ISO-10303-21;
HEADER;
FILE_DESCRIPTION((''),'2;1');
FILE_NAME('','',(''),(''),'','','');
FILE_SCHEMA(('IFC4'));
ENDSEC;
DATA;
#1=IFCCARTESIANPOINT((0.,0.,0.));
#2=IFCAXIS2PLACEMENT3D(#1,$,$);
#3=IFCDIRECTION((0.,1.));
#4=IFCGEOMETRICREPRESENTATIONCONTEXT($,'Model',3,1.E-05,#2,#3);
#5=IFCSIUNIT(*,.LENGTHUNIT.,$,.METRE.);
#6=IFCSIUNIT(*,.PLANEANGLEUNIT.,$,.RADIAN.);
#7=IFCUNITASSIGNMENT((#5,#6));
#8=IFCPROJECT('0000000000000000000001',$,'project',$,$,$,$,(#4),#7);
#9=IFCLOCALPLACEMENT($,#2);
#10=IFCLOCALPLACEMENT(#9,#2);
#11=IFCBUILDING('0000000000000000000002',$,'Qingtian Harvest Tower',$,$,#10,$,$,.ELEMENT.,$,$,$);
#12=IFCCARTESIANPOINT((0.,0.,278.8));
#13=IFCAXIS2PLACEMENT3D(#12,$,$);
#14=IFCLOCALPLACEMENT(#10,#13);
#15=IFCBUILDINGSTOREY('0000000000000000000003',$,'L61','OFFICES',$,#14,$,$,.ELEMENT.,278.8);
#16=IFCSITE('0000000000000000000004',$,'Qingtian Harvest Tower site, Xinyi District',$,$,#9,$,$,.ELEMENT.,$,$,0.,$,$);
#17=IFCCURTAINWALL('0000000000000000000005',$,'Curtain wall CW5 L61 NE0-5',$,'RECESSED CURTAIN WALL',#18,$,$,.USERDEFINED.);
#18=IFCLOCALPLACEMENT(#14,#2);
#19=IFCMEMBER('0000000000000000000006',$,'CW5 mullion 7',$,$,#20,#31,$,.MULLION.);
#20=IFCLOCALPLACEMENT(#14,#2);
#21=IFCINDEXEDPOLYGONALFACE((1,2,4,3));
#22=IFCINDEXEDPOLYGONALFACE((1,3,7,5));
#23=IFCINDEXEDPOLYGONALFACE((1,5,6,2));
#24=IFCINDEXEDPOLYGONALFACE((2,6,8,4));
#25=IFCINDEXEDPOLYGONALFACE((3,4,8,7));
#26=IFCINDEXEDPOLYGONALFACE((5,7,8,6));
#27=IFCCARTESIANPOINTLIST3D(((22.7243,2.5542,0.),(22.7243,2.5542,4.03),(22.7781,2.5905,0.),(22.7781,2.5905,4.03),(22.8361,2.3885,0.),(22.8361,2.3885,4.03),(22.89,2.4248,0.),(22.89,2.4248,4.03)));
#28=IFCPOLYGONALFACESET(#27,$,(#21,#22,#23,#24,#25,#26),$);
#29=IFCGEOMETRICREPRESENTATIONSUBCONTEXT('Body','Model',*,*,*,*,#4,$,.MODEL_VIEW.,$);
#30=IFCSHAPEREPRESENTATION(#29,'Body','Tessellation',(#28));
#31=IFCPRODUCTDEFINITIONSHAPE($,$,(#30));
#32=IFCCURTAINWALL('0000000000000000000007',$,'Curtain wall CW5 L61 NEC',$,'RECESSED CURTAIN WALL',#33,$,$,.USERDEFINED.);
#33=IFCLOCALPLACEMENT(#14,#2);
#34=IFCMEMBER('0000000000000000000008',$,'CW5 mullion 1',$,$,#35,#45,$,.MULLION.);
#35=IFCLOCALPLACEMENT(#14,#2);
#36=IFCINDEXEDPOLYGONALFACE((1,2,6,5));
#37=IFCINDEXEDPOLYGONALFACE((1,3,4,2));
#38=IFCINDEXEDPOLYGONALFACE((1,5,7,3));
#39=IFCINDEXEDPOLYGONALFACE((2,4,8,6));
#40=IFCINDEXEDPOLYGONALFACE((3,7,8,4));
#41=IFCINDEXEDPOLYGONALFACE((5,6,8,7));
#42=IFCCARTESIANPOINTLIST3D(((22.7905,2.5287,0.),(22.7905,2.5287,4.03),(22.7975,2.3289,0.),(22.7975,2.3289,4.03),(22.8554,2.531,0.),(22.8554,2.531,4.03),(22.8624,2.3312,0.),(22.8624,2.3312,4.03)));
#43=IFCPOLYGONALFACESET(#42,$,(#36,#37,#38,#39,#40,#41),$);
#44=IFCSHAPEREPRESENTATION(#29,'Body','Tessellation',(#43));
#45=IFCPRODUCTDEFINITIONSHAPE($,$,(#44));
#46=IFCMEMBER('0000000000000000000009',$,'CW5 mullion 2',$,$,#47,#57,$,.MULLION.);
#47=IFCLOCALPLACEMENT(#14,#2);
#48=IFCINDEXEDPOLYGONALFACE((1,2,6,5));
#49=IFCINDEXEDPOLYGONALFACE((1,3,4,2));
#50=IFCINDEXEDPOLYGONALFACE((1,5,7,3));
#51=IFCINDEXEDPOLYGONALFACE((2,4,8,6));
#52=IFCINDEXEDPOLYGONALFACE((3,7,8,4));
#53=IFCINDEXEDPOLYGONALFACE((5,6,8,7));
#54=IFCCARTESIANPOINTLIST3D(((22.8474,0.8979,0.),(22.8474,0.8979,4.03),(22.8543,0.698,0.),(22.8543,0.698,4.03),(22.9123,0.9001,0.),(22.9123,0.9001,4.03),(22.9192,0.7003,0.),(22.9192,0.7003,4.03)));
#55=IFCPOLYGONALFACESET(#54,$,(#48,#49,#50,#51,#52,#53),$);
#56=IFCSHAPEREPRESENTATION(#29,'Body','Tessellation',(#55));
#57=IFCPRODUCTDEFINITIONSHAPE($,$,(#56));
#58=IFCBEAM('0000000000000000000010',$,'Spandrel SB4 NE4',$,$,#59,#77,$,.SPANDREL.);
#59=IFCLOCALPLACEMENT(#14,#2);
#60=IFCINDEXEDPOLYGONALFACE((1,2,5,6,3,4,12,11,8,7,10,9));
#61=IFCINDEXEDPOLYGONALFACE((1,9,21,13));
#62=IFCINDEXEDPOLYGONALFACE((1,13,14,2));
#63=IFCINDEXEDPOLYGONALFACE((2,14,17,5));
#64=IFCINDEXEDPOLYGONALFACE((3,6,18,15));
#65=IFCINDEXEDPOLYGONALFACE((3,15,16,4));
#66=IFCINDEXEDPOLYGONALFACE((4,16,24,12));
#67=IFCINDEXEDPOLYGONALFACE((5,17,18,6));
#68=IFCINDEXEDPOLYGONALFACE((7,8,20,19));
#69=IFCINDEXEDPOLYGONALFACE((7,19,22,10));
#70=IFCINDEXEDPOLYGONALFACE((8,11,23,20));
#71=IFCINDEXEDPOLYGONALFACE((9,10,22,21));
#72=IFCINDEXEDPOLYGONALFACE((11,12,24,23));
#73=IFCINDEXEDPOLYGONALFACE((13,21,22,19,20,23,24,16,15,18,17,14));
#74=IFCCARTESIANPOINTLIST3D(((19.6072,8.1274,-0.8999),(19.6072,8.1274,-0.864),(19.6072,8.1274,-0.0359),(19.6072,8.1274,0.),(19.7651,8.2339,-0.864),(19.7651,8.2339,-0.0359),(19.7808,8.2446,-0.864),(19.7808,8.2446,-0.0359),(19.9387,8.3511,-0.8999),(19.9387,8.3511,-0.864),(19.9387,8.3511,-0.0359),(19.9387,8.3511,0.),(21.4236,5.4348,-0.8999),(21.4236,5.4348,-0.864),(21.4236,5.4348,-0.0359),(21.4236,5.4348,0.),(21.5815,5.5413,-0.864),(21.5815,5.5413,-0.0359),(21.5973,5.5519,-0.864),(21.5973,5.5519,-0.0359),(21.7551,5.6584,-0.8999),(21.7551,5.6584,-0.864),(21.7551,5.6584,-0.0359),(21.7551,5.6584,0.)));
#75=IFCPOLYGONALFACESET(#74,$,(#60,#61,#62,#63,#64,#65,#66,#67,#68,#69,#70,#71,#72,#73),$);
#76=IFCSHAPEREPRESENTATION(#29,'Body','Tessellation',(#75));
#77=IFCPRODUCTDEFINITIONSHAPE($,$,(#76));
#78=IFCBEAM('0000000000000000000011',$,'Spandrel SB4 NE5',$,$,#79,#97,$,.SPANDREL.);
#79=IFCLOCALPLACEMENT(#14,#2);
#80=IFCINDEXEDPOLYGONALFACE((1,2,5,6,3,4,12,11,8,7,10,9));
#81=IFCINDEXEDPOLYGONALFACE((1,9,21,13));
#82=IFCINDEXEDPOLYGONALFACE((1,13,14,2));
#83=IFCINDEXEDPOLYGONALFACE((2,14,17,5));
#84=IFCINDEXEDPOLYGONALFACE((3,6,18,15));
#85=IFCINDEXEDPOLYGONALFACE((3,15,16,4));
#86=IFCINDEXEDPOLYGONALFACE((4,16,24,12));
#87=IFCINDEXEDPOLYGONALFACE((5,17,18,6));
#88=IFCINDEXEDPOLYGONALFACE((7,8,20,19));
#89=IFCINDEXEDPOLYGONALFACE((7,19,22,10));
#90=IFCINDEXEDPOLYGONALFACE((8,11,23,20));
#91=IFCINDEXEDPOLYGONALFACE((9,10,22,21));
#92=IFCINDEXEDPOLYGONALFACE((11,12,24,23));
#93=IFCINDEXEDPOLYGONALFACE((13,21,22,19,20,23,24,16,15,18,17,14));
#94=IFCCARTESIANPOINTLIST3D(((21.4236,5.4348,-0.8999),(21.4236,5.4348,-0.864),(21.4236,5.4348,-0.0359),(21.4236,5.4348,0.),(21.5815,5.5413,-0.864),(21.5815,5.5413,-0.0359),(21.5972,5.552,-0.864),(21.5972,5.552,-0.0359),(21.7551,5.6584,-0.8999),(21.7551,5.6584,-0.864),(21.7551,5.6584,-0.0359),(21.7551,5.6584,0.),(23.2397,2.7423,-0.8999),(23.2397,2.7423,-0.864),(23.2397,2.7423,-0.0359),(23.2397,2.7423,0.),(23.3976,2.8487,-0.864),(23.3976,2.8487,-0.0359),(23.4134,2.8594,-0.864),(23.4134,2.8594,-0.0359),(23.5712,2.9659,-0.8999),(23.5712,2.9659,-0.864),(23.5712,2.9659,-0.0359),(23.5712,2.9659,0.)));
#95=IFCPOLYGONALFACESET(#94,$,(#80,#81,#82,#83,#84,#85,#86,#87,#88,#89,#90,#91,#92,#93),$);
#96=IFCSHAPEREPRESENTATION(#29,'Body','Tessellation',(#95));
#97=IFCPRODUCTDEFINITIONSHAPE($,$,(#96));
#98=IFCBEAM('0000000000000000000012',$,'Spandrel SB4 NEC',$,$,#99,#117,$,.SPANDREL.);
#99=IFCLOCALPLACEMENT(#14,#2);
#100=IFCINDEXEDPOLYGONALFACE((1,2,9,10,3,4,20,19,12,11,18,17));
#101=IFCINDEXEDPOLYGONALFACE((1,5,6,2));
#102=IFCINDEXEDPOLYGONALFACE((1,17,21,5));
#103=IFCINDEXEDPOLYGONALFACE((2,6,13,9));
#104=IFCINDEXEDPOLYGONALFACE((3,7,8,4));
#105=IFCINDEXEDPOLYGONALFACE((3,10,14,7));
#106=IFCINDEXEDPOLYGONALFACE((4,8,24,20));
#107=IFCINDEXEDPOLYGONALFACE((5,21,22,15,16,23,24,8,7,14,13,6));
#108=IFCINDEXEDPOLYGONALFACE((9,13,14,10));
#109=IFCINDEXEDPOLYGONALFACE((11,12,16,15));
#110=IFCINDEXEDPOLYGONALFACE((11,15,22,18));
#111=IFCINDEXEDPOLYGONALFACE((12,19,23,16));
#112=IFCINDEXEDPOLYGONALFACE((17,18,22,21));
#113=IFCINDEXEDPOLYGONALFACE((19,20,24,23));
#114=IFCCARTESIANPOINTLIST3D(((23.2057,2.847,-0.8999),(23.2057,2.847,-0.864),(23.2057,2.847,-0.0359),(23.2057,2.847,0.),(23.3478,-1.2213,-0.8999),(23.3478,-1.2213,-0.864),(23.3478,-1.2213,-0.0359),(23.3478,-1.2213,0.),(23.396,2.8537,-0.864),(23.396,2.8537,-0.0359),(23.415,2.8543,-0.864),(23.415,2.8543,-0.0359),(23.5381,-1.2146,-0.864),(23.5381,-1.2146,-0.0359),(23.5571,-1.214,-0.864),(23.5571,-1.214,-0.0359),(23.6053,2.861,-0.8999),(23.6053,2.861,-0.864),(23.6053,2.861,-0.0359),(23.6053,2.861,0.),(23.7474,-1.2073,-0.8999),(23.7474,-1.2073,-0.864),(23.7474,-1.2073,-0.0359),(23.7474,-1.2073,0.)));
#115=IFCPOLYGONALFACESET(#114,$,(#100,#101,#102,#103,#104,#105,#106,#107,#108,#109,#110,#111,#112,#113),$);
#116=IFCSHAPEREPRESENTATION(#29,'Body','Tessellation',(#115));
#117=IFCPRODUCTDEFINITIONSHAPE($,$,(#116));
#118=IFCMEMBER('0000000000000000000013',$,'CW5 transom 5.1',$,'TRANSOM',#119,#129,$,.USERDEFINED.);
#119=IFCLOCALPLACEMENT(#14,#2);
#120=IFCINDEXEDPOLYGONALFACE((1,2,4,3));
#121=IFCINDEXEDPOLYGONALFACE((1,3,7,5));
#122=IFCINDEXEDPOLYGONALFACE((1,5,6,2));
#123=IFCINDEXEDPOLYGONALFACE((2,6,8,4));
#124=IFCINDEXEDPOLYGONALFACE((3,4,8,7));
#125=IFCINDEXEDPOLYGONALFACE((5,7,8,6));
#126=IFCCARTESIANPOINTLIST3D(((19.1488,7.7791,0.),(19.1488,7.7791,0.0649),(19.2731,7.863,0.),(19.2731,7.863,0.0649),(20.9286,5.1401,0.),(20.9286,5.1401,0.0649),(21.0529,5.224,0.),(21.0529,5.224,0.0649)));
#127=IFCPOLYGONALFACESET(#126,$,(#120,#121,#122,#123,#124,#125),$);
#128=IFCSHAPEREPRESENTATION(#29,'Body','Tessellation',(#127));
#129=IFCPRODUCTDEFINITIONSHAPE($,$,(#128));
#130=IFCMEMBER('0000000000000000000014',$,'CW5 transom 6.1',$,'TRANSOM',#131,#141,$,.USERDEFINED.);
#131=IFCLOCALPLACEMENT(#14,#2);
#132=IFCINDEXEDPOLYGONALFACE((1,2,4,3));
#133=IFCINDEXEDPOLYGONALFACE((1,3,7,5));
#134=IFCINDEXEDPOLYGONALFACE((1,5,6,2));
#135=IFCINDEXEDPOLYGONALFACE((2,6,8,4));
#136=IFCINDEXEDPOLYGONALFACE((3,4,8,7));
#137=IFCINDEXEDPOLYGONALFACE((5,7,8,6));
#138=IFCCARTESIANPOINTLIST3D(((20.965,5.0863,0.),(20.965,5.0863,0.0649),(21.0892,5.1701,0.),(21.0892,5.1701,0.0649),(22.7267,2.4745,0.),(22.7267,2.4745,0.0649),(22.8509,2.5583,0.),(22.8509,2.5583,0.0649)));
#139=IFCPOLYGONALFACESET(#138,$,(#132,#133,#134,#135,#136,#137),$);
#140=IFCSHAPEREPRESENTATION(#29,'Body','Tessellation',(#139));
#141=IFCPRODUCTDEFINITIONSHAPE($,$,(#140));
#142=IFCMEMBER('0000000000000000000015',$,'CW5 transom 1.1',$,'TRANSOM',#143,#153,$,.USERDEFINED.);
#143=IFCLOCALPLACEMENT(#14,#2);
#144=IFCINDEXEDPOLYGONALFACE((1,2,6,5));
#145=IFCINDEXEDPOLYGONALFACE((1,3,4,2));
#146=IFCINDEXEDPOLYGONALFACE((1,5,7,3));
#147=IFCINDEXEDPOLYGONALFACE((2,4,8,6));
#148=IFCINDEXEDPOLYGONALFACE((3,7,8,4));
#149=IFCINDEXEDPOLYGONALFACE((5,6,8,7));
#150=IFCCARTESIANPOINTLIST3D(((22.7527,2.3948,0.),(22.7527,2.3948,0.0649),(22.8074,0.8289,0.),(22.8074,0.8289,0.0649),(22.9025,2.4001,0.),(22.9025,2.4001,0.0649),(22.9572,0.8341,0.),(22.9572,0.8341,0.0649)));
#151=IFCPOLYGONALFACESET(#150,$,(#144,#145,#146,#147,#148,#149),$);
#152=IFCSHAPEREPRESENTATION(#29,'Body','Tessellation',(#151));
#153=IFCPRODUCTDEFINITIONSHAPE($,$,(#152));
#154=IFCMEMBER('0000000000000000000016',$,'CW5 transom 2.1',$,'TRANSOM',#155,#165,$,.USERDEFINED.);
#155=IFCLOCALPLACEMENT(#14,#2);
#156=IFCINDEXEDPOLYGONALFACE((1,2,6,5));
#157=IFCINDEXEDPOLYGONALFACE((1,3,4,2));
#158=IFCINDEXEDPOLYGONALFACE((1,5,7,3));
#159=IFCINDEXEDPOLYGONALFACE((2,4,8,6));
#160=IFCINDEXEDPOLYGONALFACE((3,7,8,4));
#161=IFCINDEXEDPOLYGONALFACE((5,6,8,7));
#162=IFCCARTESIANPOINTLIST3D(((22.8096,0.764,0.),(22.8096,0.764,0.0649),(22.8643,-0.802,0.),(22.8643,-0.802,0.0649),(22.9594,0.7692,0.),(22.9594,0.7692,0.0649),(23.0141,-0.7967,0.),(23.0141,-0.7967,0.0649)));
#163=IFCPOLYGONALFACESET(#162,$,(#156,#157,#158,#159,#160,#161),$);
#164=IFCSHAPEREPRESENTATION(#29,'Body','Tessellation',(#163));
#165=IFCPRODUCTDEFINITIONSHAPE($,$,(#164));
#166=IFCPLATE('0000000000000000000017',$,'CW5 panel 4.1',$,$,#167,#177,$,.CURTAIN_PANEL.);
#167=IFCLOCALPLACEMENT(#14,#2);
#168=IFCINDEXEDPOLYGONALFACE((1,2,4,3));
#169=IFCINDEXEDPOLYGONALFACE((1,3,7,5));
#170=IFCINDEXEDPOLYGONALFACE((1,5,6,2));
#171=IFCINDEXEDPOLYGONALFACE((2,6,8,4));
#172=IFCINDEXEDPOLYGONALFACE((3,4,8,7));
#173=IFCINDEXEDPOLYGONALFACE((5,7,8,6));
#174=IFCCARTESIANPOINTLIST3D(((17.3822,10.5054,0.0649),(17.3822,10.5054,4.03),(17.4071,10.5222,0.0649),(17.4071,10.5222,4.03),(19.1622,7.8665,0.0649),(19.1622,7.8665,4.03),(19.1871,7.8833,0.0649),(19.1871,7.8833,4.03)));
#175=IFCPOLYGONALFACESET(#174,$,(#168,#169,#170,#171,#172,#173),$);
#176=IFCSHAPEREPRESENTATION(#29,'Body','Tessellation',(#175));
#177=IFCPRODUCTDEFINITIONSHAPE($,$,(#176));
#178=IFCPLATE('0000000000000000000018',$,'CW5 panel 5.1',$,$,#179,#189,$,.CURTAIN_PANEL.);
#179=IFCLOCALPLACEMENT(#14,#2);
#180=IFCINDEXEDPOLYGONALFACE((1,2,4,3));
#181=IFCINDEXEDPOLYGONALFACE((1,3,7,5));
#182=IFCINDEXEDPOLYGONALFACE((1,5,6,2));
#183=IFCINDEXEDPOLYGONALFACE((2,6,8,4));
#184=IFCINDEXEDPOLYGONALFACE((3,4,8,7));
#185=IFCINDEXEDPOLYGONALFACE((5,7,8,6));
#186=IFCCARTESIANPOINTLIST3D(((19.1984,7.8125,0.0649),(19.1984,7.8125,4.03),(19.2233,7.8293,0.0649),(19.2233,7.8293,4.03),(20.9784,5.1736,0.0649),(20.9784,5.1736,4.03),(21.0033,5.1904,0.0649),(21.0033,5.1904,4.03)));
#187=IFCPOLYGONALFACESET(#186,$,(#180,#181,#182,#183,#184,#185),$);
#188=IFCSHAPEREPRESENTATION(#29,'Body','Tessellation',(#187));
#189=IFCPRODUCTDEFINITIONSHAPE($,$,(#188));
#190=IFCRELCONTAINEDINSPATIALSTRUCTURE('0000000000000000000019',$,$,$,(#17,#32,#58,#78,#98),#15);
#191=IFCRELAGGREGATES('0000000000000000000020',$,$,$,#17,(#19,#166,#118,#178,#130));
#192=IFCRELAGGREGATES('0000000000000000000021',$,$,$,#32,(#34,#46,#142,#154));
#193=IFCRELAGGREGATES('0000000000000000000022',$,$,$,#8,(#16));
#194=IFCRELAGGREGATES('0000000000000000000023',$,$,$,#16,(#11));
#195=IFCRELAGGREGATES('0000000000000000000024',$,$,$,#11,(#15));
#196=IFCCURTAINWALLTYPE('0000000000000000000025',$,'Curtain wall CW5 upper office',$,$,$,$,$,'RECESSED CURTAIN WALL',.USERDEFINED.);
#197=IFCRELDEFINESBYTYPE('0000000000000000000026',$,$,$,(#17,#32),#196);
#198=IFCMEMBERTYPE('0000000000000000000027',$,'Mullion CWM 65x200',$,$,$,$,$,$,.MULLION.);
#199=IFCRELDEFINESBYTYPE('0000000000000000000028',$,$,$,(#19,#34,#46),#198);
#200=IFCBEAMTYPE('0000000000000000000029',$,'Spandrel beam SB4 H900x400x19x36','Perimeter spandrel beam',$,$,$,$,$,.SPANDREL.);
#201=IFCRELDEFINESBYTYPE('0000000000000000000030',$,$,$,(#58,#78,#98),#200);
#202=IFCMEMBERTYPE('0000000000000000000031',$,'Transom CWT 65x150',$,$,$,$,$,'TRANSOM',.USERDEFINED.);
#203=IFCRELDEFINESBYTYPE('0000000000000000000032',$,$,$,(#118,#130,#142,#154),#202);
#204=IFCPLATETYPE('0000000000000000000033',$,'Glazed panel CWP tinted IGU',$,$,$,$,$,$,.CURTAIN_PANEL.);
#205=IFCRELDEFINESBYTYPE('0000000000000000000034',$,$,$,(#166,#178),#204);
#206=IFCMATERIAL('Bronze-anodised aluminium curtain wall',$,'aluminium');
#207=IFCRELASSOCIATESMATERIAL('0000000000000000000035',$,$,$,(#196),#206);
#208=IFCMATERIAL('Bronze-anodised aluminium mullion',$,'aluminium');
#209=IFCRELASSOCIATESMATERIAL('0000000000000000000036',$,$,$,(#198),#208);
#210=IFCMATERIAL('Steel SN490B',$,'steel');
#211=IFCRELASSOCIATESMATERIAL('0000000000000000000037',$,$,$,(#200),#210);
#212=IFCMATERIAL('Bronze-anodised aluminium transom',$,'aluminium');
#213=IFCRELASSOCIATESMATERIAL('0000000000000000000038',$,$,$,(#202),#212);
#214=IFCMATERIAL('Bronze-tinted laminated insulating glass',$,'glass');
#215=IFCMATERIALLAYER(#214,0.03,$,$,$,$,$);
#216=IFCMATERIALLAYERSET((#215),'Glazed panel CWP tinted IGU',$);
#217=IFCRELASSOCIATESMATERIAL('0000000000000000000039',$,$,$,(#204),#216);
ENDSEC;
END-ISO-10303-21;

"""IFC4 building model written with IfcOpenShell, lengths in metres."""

from ifc_helpers import new_model, si_unit, direction, frame, origin, origin_2d, place, context, subcontext, project, spatial, rectangle, i_section, extrude, material, layer, layer_set, material_profile, profile_set, type_object, element, aggregate, save


model = new_model("IFC4")

# Units and contexts
model_context = context("Model", 3, precision=1e-05, world=origin(), true_north=direction((0.0, 1.0)))
body_context = subcontext(model_context, "Body", "Model", "MODEL_VIEW")
ifc_project = project(units=[si_unit("LENGTHUNIT", "METRE"), si_unit("PLANEANGLEUNIT", "RADIAN")], contexts=[model_context])

# Site, building, storey
site_placement = place(None, origin())
site = spatial("IfcSite", under=ifc_project, at=site_placement, Name="Qingtian Harvest Tower site, Xinyi District", CompositionType="ELEMENT", RefElevation=0.0)
building_placement = place(site_placement, origin())
building = spatial("IfcBuilding", under=site, at=building_placement, Name="Qingtian Harvest Tower", CompositionType="ELEMENT")
storey_placement = place(building_placement, frame((0.0, 0.0, 278.8)))
storey = spatial("IfcBuildingStorey", under=building, at=storey_placement, Name="L61", Description="OFFICES", CompositionType="ELEMENT", Elevation=278.8)

# Curtain walls, members
ifc_material_1 = material(Name="Bronze-anodised aluminium curtain wall", Category="aluminium")
curtain_wall_type = type_object("IfcCurtainWallType", Name="Curtain wall CW5 upper office", ElementType="RECESSED CURTAIN WALL", PredefinedType="USERDEFINED", material=ifc_material_1)
curtain_wall_1_placement = place(storey_placement, origin())
curtain_wall_1 = element("IfcCurtainWall", 1, at=curtain_wall_1_placement, inside=storey, type_object=curtain_wall_type, Name="Curtain wall CW5 L61 NE0-5", ObjectType="RECESSED CURTAIN WALL", PredefinedType="USERDEFINED")
ifc_material_2 = material(Name="Bronze-anodised aluminium mullion", Category="aluminium")
ifc_material_profile_1 = material_profile(ifc_material_2, rectangle(XDim=0.0649, YDim=0.2, at=origin_2d()), Name="AL 65x200")
ifc_profile_set_1 = profile_set([ifc_material_profile_1], Name="Bronze-anodised aluminium mullion")
member_type_1 = type_object("IfcMemberType", Name="Mullion CWM 65x200", PredefinedType="MULLION", material=ifc_profile_set_1)
member_1_placement = place(storey_placement, frame((22.8071, 2.4895, 0.0), z_axis=(0.0, 0.0, 1.0), x_axis=(0.829038, 0.559193, 0.0)))
member_1 = element("IfcMember", 2, at=member_1_placement, type_object=member_type_1, Name="CW5 mullion 7", PredefinedType="MULLION", context=body_context, shape_type="SweptSolid", body=[
    extrude(rectangle(XDim=0.0649, YDim=0.2, at=origin_2d()), origin(), (0.0, 0.0, 1.0), 4.03),
])
curtain_wall_2_placement = place(storey_placement, origin())
curtain_wall_2 = element("IfcCurtainWall", 3, at=curtain_wall_2_placement, inside=storey, type_object=curtain_wall_type, Name="Curtain wall CW5 L61 NEC", ObjectType="RECESSED CURTAIN WALL", PredefinedType="USERDEFINED")
member_2_placement = place(storey_placement, frame((22.8264, 2.4299, 0.0), z_axis=(0.0, 0.0, 1.0), x_axis=(0.999391, 0.034899, 0.0)))
member_2 = element("IfcMember", 4, at=member_2_placement, type_object=member_type_1, Name="CW5 mullion 1", PredefinedType="MULLION", context=body_context, shape_type="SweptSolid", body=[
    extrude(rectangle(XDim=0.0649, YDim=0.2, at=origin_2d()), origin(), (0.0, 0.0, 1.0), 4.03),
])
member_3_placement = place(storey_placement, frame((22.8833, 0.7991, 0.0), z_axis=(0.0, 0.0, 1.0), x_axis=(0.999391, 0.034899, 0.0)))
member_3 = element("IfcMember", 5, at=member_3_placement, type_object=member_type_1, Name="CW5 mullion 2", PredefinedType="MULLION", context=body_context, shape_type="SweptSolid", body=[
    extrude(rectangle(XDim=0.0649, YDim=0.2, at=origin_2d()), origin(), (0.0, 0.0, 1.0), 4.03),
])

# Beams
ifc_material_3 = material(Name="Steel SN490B", Category="steel")
ifc_material_profile_2 = material_profile(ifc_material_3, i_section(OverallWidth=0.3999, OverallDepth=0.8999, WebThickness=0.019, FlangeThickness=0.0359, at=origin_2d()), Name="H900x400x19x36")
ifc_profile_set_2 = profile_set([ifc_material_profile_2], Name="Steel SN490B")
beam_type_1 = type_object("IfcBeamType", Name="Spandrel beam SB4 H900x400x19x36", Description="Perimeter spandrel beam", PredefinedType="SPANDREL", material=ifc_profile_set_2)
beam_1_placement = place(storey_placement, frame((19.7729, 8.2393, -0.45), z_axis=(0.559237, -0.829008, 0.0), x_axis=(0.829008, 0.559237, 0.0)))
element("IfcBeam", 6, at=beam_1_placement, inside=storey, type_object=beam_type_1, Name="Spandrel SB4 NE4", PredefinedType="SPANDREL", context=body_context, shape_type="SweptSolid", body=[
    extrude(i_section(OverallWidth=0.3999, OverallDepth=0.8999, WebThickness=0.019, FlangeThickness=0.0359, at=origin_2d()), origin(), (0.0, 0.0, 1.0), 3.248),
])
beam_2_placement = place(storey_placement, frame((21.5894, 5.5466, -0.45), z_axis=(0.559185, -0.829043, 0.0), x_axis=(0.829043, 0.559185, 0.0)))
element("IfcBeam", 7, at=beam_2_placement, inside=storey, type_object=beam_type_1, Name="Spandrel SB4 NE5", PredefinedType="SPANDREL", context=body_context, shape_type="SweptSolid", body=[
    extrude(i_section(OverallWidth=0.3999, OverallDepth=0.8999, WebThickness=0.019, FlangeThickness=0.0359, at=origin_2d()), origin(), (0.0, 0.0, 1.0), 3.2478),
])
beam_3_placement = place(storey_placement, frame((23.4055, 2.854, -0.45), z_axis=(0.034904, -0.999391, 0.0), x_axis=(0.999391, 0.034904, 0.0)))
element("IfcBeam", 8, at=beam_3_placement, inside=storey, type_object=beam_type_1, Name="Spandrel SB4 NEC", PredefinedType="SPANDREL", context=body_context, shape_type="SweptSolid", body=[
    extrude(i_section(OverallWidth=0.3999, OverallDepth=0.8999, WebThickness=0.019, FlangeThickness=0.0359, at=origin_2d()), origin(), (0.0, 0.0, 1.0), 4.0708),
])

# Members
ifc_material_4 = material(Name="Bronze-anodised aluminium transom", Category="aluminium")
ifc_material_profile_3 = material_profile(ifc_material_4, rectangle(XDim=0.1499, YDim=0.0649, at=origin_2d()), Name="AL 65x150")
ifc_profile_set_3 = profile_set([ifc_material_profile_3], Name="Bronze-anodised aluminium transom")
member_type_2 = type_object("IfcMemberType", Name="Transom CWT 65x150", ElementType="TRANSOM", PredefinedType="USERDEFINED", material=ifc_profile_set_3)
member_4_placement = place(storey_placement, frame((19.2109, 7.821, 0.0325), z_axis=(0.559153, -0.829065, 0.0), x_axis=(0.829065, 0.559153, 0.0)))
member_4 = element("IfcMember", 9, at=member_4_placement, type_object=member_type_2, Name="CW5 transom 5.1", ObjectType="TRANSOM", PredefinedType="USERDEFINED", context=body_context, shape_type="SweptSolid", body=[
    extrude(rectangle(XDim=0.1499, YDim=0.0649, at=origin_2d()), origin(), (0.0, 0.0, 1.0), 3.1831),
])
member_5_placement = place(storey_placement, frame((21.0271, 5.1282, 0.0325), z_axis=(0.559199, -0.829034, 0.0), x_axis=(0.829034, 0.559199, 0.0)))
member_5 = element("IfcMember", 10, at=member_5_placement, type_object=member_type_2, Name="CW5 transom 6.1", ObjectType="TRANSOM", PredefinedType="USERDEFINED", context=body_context, shape_type="SweptSolid", body=[
    extrude(rectangle(XDim=0.1499, YDim=0.0649, at=origin_2d()), origin(), (0.0, 0.0, 1.0), 3.1504),
])
member_6_placement = place(storey_placement, frame((22.8276, 2.3975, 0.0325), z_axis=(0.034902, -0.999391, 0.0), x_axis=(0.999391, 0.034902, 0.0)))
member_6 = element("IfcMember", 11, at=member_6_placement, type_object=member_type_2, Name="CW5 transom 1.1", ObjectType="TRANSOM", PredefinedType="USERDEFINED", context=body_context, shape_type="SweptSolid", body=[
    extrude(rectangle(XDim=0.1499, YDim=0.0649, at=origin_2d()), origin(), (0.0, 0.0, 1.0), 1.5669),
])
member_7_placement = place(storey_placement, frame((22.8845, 0.7666, 0.0325), z_axis=(0.034902, -0.999391, 0.0), x_axis=(0.999391, 0.034902, 0.0)))
member_7 = element("IfcMember", 12, at=member_7_placement, type_object=member_type_2, Name="CW5 transom 2.1", ObjectType="TRANSOM", PredefinedType="USERDEFINED", context=body_context, shape_type="SweptSolid", body=[
    extrude(rectangle(XDim=0.1499, YDim=0.0649, at=origin_2d()), origin(), (0.0, 0.0, 1.0), 1.5669),
])

# Plates
ifc_material_5 = material(Name="Bronze-tinted laminated insulating glass", Category="glass")
ifc_layer_1 = layer(ifc_material_5, 0.03)
ifc_layer_set_1 = layer_set([ifc_layer_1], Name="Glazed panel CWP tinted IGU")
plate_type = type_object("IfcPlateType", Name="Glazed panel CWP tinted IGU", PredefinedType="CURTAIN_PANEL", material=ifc_layer_set_1)
plate_1_placement = place(storey_placement, frame((18.2847, 9.1943, 0.0649), z_axis=(0.0, 0.0, 1.0), x_axis=(0.559193, -0.829038, 0.0)))
plate_1 = element("IfcPlate", 13, at=plate_1_placement, type_object=plate_type, Name="CW5 panel 4.1", PredefinedType="CURTAIN_PANEL", context=body_context, shape_type="SweptSolid", body=[
    extrude(rectangle(XDim=3.1831, YDim=0.03, at=origin_2d()), origin(), (0.0, 0.0, 1.0), 3.9651),
])
plate_2_placement = place(storey_placement, frame((20.1008, 6.5015, 0.0649), z_axis=(0.0, 0.0, 1.0), x_axis=(0.559193, -0.829038, 0.0)))
plate_2 = element("IfcPlate", 14, at=plate_2_placement, type_object=plate_type, Name="CW5 panel 5.1", PredefinedType="CURTAIN_PANEL", context=body_context, shape_type="SweptSolid", body=[
    extrude(rectangle(XDim=3.1831, YDim=0.03, at=origin_2d()), origin(), (0.0, 0.0, 1.0), 3.9651),
])
aggregate(curtain_wall_1, [member_1, plate_1, member_4, plate_2, member_5])
aggregate(curtain_wall_2, [member_2, member_3, member_6, member_7])

save(model, "model.ifc")
